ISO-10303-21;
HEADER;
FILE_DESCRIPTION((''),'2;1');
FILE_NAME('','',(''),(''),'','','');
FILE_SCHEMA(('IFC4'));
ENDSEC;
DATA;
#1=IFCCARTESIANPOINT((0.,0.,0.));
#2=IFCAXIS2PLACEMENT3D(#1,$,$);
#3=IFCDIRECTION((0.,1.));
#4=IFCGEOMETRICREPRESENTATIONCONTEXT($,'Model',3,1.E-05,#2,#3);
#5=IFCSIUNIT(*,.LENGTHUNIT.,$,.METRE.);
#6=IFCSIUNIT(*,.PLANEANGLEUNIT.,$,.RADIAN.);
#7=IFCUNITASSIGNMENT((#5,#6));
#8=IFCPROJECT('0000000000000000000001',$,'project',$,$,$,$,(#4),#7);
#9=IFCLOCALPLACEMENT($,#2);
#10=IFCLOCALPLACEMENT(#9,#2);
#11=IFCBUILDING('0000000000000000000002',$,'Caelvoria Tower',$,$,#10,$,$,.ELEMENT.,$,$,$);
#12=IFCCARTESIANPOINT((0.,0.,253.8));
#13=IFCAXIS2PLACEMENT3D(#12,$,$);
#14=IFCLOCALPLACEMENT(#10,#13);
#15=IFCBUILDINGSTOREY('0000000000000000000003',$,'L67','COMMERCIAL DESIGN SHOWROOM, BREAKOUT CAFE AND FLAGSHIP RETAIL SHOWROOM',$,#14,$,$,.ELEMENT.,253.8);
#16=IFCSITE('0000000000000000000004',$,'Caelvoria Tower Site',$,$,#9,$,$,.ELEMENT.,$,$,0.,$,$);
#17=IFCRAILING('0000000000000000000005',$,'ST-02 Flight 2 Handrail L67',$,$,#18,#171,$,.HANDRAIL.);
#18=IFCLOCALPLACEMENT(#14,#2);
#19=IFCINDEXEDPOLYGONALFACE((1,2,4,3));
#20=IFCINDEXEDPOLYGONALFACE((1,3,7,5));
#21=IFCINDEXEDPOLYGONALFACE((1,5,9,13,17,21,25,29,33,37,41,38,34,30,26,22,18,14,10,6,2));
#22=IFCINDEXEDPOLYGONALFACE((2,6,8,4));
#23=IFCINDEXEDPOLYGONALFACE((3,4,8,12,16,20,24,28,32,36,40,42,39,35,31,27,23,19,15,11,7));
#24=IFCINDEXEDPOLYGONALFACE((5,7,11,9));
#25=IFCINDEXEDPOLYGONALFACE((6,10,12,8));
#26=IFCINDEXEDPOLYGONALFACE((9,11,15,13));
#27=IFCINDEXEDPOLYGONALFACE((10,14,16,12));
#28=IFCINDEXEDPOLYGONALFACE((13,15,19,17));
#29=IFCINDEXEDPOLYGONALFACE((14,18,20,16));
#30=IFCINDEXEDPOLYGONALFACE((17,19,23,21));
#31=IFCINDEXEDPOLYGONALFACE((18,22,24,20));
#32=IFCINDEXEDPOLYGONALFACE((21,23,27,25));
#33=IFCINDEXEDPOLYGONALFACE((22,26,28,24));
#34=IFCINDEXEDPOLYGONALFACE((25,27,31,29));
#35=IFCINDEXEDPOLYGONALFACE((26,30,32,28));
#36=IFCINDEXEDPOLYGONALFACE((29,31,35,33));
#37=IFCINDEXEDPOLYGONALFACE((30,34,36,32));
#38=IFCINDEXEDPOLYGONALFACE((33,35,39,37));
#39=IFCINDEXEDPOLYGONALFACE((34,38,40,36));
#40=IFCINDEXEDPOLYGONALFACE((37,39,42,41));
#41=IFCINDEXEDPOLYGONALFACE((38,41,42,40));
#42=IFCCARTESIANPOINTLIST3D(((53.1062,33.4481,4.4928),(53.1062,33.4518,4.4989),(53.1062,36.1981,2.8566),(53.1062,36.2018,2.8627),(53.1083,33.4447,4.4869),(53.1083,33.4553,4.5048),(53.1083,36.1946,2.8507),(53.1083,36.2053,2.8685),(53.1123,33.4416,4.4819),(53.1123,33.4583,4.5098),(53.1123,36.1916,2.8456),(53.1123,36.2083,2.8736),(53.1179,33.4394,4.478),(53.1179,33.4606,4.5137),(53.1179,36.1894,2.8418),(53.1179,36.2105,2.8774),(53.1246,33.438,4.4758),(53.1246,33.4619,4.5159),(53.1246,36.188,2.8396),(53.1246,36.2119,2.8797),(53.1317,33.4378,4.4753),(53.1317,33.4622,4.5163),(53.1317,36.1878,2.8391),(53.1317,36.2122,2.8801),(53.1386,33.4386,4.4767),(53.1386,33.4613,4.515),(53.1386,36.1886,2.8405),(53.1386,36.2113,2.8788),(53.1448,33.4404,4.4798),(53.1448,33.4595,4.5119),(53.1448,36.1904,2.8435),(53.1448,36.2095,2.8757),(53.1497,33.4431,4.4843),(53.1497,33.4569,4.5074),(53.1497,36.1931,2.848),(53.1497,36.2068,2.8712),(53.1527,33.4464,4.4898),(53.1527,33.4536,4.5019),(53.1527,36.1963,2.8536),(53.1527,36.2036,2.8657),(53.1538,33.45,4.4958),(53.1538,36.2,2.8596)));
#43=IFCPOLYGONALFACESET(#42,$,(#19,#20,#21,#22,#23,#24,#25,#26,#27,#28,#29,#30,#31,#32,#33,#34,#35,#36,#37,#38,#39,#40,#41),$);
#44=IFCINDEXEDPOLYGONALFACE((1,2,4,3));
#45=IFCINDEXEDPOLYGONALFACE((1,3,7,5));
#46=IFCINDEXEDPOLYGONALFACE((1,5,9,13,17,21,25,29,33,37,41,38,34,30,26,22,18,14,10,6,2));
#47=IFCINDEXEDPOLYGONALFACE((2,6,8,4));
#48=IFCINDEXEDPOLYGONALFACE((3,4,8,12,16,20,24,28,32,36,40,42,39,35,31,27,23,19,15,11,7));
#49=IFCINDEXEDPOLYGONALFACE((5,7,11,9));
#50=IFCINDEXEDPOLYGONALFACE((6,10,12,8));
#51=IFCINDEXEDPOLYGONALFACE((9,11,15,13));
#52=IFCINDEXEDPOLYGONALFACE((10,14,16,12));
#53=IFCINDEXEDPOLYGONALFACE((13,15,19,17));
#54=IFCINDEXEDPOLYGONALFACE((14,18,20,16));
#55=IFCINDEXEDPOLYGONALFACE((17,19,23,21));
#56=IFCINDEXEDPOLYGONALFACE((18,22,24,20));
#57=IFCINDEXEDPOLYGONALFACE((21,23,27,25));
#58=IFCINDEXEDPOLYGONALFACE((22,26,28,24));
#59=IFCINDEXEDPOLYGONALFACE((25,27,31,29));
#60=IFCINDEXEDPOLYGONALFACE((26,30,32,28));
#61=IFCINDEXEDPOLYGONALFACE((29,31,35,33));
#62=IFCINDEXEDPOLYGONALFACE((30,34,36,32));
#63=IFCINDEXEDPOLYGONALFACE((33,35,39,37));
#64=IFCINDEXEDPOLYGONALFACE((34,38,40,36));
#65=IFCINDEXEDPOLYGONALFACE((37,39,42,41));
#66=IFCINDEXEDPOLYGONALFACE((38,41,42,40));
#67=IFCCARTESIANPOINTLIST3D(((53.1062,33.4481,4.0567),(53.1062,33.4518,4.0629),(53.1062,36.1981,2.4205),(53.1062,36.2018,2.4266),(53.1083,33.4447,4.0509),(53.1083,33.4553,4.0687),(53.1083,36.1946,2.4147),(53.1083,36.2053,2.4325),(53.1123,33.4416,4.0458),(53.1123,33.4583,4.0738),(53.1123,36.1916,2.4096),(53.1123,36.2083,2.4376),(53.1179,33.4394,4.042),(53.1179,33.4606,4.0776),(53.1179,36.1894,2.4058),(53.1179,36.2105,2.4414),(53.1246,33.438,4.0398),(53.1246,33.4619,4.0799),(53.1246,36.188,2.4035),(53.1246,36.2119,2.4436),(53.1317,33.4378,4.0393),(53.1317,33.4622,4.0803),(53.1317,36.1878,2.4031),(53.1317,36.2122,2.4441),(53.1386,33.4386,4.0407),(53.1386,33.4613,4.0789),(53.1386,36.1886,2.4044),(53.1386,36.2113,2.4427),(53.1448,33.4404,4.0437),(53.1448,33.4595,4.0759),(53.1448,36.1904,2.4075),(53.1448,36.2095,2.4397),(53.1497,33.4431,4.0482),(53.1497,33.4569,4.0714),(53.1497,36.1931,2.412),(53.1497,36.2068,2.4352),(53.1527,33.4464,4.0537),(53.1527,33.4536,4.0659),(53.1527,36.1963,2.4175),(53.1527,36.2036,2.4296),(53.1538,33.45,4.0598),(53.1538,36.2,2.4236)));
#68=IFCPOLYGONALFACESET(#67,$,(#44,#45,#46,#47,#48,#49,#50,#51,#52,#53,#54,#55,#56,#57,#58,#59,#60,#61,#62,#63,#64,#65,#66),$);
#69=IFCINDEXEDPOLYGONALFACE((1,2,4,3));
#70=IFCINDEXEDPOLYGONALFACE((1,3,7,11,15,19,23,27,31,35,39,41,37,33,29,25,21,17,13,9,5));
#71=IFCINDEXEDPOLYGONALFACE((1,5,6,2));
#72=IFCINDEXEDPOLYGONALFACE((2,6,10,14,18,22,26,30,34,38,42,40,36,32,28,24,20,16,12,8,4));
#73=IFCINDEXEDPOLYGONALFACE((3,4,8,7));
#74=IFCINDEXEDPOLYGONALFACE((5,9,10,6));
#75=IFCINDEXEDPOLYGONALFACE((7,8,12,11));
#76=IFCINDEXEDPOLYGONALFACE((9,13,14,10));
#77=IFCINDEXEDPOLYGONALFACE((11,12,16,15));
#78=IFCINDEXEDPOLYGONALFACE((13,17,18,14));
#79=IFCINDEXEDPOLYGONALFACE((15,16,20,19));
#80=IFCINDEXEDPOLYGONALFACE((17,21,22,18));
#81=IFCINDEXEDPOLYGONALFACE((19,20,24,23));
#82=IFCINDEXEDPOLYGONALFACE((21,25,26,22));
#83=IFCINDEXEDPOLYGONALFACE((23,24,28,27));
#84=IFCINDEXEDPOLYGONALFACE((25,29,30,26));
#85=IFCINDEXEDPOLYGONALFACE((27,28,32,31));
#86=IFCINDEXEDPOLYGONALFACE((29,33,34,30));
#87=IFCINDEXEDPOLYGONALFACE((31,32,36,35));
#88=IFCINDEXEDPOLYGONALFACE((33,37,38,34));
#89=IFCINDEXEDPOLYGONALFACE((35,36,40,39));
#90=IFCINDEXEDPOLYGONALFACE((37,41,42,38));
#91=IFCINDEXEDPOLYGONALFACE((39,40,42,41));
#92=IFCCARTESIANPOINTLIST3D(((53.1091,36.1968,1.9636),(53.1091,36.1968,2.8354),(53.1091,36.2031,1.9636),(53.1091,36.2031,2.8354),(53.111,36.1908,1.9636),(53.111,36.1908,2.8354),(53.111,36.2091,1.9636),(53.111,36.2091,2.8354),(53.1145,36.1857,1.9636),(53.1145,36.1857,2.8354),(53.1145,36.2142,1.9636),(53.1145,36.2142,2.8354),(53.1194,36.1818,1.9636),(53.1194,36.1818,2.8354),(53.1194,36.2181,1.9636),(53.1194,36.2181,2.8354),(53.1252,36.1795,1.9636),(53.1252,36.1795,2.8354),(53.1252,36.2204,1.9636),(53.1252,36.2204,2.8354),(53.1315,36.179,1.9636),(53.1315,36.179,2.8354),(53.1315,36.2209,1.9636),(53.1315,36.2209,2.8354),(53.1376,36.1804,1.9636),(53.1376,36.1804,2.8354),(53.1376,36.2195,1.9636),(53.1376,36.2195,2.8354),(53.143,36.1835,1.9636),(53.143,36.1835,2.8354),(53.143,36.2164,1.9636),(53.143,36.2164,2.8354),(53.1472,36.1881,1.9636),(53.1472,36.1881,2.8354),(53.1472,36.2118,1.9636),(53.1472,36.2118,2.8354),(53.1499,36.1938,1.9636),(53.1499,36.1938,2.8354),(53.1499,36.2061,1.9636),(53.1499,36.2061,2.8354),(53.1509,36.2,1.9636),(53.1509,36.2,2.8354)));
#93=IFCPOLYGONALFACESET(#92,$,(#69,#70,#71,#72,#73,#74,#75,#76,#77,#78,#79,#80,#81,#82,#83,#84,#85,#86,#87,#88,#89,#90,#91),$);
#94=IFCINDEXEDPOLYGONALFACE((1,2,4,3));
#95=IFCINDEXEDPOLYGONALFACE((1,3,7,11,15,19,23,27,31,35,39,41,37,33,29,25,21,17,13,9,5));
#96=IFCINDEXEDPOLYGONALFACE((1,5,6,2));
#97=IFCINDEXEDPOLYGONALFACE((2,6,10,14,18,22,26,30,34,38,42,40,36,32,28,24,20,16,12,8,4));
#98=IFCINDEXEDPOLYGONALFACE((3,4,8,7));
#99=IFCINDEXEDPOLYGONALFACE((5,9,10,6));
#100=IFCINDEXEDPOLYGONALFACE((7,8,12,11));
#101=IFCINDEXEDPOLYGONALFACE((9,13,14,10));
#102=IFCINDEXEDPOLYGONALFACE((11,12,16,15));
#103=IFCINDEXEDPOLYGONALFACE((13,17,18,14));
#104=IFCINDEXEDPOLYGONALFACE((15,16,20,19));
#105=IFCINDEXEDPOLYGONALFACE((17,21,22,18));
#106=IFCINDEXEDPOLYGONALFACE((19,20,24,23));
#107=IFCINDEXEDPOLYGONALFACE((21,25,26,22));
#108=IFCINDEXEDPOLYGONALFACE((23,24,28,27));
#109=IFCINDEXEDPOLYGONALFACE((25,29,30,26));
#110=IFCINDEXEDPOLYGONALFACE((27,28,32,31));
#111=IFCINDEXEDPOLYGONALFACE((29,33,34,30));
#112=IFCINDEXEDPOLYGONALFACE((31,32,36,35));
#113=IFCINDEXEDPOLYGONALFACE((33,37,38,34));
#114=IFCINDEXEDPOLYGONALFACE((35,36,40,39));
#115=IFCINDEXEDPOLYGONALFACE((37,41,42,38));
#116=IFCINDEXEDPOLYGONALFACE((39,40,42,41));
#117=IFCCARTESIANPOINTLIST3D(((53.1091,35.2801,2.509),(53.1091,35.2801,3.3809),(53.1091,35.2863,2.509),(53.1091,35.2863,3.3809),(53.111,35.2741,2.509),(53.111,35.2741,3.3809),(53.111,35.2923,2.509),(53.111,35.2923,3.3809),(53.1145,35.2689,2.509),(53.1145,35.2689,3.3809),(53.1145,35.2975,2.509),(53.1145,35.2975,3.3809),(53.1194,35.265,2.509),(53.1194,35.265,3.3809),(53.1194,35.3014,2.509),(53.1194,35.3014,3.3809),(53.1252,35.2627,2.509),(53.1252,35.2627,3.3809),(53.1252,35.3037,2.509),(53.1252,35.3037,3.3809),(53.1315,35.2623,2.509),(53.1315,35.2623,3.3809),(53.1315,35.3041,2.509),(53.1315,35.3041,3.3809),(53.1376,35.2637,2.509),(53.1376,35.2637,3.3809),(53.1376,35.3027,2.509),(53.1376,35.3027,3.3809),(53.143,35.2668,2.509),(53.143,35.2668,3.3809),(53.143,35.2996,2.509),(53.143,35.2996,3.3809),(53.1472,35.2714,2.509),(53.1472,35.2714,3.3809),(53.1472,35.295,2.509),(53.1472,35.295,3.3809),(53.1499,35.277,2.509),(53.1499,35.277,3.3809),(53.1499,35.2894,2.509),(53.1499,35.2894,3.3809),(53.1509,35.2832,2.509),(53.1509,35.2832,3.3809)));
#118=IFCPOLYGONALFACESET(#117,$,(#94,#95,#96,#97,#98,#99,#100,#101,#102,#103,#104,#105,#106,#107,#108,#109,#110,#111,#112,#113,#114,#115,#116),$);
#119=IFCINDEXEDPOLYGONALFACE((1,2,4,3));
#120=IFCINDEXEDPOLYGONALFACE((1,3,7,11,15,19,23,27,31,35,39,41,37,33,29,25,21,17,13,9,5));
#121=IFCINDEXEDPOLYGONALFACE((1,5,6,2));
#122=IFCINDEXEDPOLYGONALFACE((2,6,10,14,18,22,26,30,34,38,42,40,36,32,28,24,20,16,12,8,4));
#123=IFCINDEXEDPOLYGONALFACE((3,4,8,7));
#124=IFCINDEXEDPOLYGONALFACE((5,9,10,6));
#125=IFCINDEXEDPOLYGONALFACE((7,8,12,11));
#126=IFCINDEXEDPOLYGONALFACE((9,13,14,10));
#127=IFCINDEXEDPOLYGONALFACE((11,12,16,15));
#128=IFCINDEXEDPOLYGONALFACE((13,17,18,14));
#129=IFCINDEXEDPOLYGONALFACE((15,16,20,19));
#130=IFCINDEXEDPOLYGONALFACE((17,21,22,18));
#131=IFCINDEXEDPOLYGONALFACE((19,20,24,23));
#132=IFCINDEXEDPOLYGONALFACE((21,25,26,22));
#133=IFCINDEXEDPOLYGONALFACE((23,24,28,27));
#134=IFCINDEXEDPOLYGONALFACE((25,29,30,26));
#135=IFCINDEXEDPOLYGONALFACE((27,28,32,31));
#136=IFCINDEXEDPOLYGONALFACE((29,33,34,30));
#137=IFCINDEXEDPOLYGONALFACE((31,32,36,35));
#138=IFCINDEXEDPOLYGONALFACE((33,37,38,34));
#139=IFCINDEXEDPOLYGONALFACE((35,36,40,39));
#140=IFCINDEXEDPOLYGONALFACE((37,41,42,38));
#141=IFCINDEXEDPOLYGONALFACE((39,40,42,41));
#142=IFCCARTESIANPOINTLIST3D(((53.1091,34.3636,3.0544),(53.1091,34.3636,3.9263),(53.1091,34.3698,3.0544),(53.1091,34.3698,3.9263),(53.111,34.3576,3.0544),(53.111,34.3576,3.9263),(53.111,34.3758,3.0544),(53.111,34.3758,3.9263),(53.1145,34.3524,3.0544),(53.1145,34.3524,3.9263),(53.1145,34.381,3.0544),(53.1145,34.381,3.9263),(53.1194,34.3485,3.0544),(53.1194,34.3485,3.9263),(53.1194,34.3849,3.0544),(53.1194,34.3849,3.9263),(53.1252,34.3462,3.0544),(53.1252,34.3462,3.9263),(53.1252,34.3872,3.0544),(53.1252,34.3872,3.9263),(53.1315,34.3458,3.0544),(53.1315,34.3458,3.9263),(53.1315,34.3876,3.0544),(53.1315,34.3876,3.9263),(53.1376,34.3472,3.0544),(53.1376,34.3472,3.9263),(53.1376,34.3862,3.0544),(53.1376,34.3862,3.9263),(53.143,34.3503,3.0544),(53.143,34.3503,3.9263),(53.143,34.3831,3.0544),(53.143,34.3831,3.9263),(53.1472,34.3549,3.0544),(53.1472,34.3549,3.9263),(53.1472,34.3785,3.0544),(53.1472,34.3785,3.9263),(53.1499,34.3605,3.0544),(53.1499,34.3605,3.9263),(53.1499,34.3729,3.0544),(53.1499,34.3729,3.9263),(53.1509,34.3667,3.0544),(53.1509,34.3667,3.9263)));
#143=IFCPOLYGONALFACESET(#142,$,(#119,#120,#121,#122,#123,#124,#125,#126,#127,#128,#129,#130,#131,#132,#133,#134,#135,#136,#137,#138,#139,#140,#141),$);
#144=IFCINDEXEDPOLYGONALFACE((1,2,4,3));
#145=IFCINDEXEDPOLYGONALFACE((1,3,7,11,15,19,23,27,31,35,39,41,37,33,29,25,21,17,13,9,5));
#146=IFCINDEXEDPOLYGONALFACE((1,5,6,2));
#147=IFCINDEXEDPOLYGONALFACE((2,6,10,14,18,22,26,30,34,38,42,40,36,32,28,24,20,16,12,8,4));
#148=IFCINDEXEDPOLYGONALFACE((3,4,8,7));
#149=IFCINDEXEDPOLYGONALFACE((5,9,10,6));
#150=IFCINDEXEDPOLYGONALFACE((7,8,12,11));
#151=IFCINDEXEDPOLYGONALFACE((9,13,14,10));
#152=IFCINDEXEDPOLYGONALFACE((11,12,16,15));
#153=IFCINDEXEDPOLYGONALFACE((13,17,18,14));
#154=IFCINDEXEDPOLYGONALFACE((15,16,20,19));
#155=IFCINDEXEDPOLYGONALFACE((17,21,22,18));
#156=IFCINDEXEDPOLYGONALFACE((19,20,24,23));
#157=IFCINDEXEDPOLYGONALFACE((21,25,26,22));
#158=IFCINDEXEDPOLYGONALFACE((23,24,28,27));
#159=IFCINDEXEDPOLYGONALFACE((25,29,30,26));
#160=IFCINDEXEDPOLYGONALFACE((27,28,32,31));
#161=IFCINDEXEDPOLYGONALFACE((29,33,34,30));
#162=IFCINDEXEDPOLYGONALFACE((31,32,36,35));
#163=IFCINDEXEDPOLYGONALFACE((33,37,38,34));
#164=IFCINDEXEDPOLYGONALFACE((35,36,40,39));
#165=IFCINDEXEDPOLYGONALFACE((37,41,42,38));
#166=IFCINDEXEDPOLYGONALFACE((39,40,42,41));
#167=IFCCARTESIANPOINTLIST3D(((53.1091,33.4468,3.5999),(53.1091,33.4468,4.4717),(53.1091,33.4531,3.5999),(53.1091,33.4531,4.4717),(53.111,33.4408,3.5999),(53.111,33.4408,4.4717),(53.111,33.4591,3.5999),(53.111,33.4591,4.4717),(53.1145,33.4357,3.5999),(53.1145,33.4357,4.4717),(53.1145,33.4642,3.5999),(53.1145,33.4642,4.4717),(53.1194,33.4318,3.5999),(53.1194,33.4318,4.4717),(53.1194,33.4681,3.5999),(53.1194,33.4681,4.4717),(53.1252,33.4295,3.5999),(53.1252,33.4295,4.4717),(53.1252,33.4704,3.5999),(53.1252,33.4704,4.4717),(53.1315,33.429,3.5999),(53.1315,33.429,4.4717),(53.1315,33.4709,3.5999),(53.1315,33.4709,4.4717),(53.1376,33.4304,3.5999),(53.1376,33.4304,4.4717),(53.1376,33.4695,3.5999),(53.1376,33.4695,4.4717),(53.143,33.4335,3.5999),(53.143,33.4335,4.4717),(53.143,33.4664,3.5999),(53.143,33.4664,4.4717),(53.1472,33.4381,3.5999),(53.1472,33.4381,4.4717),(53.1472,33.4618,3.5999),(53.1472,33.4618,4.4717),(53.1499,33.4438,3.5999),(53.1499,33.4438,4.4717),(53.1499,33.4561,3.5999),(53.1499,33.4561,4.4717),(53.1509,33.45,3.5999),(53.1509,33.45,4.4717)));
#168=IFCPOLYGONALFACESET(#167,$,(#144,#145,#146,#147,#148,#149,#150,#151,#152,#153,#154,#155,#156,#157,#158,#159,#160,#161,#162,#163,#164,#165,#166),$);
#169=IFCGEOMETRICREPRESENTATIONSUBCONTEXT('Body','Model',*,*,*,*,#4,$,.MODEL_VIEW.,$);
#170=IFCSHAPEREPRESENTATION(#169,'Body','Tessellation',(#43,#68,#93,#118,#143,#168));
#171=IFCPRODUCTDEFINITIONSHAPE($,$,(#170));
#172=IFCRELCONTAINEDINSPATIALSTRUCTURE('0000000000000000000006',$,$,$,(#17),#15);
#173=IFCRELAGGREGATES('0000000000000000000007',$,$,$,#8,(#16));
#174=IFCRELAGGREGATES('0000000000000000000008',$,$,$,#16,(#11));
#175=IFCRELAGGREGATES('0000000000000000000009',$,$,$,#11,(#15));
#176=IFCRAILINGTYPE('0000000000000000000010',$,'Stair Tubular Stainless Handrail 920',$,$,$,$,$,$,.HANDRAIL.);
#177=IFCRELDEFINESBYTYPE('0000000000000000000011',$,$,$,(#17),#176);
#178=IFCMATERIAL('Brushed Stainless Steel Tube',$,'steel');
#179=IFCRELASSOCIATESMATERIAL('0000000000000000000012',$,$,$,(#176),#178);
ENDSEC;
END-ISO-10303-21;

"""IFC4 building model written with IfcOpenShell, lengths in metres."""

from ifc_helpers import new_model, si_unit, direction, frame, origin, origin_2d, place, context, subcontext, project, spatial, circle, extrude, material, type_object, element, save


model = new_model("IFC4")

# Units and contexts
model_context = context("Model", 3, precision=1e-05, world=origin(), true_north=direction((0.0, 1.0)))
body_context = subcontext(model_context, "Body", "Model", "MODEL_VIEW")
ifc_project = project(units=[si_unit("LENGTHUNIT", "METRE"), si_unit("PLANEANGLEUNIT", "RADIAN")], contexts=[model_context])

# Site, building, storey
site_placement = place(None, origin())
site = spatial("IfcSite", under=ifc_project, at=site_placement, Name="Caelvoria Tower Site", CompositionType="ELEMENT", RefElevation=0.0)
building_placement = place(site_placement, origin())
building = spatial("IfcBuilding", under=site, at=building_placement, Name="Caelvoria Tower", CompositionType="ELEMENT")
storey_placement = place(building_placement, frame((0.0, 0.0, 253.8)))
storey = spatial("IfcBuildingStorey", under=building, at=storey_placement, Name="L67", Description="COMMERCIAL DESIGN SHOWROOM, BREAKOUT CAFE AND FLAGSHIP RETAIL SHOWROOM", CompositionType="ELEMENT", Elevation=253.8)

# Railing
ifc_material_1 = material(Name="Brushed Stainless Steel Tube", Category="steel")
railing_type_1 = type_object("IfcRailingType", Name="Stair Tubular Stainless Handrail 920", PredefinedType="HANDRAIL", material=ifc_material_1)
railing_1_placement = place(storey_placement, frame((53.1299, 36.2, 1.9636)))
element("IfcRailing", 1, at=railing_1_placement, inside=storey, type_object=railing_type_1, Name="ST-02 Flight 2 Handrail L67", PredefinedType="HANDRAIL", context=body_context, shape_type="SweptSolid", body=[
    extrude(circle(Radius=0.0239, at=origin_2d()), frame((0.0, 0.0, 0.896), z_axis=(0.0, -0.859385, 0.511328), x_axis=(1.0, 0.0, 0.0)), (0.0, 0.0, 1.0), 3.2),
    extrude(circle(Radius=0.0239, at=origin_2d()), frame((0.0, 0.0, 0.46), z_axis=(0.0, -0.859385, 0.511328), x_axis=(1.0, 0.0, 0.0)), (0.0, 0.0, 1.0), 3.2),
    extrude(circle(Radius=0.021, at=origin_2d()), origin(), (0.0, 0.0, 1.0), 0.8718),
    extrude(circle(Radius=0.021, at=origin_2d()), frame((0.0, -0.9167, 0.5454)), (0.0, 0.0, 1.0), 0.8718),
    extrude(circle(Radius=0.021, at=origin_2d()), frame((0.0, -1.8333, 1.0908)), (0.0, 0.0, 1.0), 0.8718),
    extrude(circle(Radius=0.021, at=origin_2d()), frame((0.0, -2.75, 1.6362)), (0.0, 0.0, 1.0), 0.8718),
])

save(model, "model.ifc")
